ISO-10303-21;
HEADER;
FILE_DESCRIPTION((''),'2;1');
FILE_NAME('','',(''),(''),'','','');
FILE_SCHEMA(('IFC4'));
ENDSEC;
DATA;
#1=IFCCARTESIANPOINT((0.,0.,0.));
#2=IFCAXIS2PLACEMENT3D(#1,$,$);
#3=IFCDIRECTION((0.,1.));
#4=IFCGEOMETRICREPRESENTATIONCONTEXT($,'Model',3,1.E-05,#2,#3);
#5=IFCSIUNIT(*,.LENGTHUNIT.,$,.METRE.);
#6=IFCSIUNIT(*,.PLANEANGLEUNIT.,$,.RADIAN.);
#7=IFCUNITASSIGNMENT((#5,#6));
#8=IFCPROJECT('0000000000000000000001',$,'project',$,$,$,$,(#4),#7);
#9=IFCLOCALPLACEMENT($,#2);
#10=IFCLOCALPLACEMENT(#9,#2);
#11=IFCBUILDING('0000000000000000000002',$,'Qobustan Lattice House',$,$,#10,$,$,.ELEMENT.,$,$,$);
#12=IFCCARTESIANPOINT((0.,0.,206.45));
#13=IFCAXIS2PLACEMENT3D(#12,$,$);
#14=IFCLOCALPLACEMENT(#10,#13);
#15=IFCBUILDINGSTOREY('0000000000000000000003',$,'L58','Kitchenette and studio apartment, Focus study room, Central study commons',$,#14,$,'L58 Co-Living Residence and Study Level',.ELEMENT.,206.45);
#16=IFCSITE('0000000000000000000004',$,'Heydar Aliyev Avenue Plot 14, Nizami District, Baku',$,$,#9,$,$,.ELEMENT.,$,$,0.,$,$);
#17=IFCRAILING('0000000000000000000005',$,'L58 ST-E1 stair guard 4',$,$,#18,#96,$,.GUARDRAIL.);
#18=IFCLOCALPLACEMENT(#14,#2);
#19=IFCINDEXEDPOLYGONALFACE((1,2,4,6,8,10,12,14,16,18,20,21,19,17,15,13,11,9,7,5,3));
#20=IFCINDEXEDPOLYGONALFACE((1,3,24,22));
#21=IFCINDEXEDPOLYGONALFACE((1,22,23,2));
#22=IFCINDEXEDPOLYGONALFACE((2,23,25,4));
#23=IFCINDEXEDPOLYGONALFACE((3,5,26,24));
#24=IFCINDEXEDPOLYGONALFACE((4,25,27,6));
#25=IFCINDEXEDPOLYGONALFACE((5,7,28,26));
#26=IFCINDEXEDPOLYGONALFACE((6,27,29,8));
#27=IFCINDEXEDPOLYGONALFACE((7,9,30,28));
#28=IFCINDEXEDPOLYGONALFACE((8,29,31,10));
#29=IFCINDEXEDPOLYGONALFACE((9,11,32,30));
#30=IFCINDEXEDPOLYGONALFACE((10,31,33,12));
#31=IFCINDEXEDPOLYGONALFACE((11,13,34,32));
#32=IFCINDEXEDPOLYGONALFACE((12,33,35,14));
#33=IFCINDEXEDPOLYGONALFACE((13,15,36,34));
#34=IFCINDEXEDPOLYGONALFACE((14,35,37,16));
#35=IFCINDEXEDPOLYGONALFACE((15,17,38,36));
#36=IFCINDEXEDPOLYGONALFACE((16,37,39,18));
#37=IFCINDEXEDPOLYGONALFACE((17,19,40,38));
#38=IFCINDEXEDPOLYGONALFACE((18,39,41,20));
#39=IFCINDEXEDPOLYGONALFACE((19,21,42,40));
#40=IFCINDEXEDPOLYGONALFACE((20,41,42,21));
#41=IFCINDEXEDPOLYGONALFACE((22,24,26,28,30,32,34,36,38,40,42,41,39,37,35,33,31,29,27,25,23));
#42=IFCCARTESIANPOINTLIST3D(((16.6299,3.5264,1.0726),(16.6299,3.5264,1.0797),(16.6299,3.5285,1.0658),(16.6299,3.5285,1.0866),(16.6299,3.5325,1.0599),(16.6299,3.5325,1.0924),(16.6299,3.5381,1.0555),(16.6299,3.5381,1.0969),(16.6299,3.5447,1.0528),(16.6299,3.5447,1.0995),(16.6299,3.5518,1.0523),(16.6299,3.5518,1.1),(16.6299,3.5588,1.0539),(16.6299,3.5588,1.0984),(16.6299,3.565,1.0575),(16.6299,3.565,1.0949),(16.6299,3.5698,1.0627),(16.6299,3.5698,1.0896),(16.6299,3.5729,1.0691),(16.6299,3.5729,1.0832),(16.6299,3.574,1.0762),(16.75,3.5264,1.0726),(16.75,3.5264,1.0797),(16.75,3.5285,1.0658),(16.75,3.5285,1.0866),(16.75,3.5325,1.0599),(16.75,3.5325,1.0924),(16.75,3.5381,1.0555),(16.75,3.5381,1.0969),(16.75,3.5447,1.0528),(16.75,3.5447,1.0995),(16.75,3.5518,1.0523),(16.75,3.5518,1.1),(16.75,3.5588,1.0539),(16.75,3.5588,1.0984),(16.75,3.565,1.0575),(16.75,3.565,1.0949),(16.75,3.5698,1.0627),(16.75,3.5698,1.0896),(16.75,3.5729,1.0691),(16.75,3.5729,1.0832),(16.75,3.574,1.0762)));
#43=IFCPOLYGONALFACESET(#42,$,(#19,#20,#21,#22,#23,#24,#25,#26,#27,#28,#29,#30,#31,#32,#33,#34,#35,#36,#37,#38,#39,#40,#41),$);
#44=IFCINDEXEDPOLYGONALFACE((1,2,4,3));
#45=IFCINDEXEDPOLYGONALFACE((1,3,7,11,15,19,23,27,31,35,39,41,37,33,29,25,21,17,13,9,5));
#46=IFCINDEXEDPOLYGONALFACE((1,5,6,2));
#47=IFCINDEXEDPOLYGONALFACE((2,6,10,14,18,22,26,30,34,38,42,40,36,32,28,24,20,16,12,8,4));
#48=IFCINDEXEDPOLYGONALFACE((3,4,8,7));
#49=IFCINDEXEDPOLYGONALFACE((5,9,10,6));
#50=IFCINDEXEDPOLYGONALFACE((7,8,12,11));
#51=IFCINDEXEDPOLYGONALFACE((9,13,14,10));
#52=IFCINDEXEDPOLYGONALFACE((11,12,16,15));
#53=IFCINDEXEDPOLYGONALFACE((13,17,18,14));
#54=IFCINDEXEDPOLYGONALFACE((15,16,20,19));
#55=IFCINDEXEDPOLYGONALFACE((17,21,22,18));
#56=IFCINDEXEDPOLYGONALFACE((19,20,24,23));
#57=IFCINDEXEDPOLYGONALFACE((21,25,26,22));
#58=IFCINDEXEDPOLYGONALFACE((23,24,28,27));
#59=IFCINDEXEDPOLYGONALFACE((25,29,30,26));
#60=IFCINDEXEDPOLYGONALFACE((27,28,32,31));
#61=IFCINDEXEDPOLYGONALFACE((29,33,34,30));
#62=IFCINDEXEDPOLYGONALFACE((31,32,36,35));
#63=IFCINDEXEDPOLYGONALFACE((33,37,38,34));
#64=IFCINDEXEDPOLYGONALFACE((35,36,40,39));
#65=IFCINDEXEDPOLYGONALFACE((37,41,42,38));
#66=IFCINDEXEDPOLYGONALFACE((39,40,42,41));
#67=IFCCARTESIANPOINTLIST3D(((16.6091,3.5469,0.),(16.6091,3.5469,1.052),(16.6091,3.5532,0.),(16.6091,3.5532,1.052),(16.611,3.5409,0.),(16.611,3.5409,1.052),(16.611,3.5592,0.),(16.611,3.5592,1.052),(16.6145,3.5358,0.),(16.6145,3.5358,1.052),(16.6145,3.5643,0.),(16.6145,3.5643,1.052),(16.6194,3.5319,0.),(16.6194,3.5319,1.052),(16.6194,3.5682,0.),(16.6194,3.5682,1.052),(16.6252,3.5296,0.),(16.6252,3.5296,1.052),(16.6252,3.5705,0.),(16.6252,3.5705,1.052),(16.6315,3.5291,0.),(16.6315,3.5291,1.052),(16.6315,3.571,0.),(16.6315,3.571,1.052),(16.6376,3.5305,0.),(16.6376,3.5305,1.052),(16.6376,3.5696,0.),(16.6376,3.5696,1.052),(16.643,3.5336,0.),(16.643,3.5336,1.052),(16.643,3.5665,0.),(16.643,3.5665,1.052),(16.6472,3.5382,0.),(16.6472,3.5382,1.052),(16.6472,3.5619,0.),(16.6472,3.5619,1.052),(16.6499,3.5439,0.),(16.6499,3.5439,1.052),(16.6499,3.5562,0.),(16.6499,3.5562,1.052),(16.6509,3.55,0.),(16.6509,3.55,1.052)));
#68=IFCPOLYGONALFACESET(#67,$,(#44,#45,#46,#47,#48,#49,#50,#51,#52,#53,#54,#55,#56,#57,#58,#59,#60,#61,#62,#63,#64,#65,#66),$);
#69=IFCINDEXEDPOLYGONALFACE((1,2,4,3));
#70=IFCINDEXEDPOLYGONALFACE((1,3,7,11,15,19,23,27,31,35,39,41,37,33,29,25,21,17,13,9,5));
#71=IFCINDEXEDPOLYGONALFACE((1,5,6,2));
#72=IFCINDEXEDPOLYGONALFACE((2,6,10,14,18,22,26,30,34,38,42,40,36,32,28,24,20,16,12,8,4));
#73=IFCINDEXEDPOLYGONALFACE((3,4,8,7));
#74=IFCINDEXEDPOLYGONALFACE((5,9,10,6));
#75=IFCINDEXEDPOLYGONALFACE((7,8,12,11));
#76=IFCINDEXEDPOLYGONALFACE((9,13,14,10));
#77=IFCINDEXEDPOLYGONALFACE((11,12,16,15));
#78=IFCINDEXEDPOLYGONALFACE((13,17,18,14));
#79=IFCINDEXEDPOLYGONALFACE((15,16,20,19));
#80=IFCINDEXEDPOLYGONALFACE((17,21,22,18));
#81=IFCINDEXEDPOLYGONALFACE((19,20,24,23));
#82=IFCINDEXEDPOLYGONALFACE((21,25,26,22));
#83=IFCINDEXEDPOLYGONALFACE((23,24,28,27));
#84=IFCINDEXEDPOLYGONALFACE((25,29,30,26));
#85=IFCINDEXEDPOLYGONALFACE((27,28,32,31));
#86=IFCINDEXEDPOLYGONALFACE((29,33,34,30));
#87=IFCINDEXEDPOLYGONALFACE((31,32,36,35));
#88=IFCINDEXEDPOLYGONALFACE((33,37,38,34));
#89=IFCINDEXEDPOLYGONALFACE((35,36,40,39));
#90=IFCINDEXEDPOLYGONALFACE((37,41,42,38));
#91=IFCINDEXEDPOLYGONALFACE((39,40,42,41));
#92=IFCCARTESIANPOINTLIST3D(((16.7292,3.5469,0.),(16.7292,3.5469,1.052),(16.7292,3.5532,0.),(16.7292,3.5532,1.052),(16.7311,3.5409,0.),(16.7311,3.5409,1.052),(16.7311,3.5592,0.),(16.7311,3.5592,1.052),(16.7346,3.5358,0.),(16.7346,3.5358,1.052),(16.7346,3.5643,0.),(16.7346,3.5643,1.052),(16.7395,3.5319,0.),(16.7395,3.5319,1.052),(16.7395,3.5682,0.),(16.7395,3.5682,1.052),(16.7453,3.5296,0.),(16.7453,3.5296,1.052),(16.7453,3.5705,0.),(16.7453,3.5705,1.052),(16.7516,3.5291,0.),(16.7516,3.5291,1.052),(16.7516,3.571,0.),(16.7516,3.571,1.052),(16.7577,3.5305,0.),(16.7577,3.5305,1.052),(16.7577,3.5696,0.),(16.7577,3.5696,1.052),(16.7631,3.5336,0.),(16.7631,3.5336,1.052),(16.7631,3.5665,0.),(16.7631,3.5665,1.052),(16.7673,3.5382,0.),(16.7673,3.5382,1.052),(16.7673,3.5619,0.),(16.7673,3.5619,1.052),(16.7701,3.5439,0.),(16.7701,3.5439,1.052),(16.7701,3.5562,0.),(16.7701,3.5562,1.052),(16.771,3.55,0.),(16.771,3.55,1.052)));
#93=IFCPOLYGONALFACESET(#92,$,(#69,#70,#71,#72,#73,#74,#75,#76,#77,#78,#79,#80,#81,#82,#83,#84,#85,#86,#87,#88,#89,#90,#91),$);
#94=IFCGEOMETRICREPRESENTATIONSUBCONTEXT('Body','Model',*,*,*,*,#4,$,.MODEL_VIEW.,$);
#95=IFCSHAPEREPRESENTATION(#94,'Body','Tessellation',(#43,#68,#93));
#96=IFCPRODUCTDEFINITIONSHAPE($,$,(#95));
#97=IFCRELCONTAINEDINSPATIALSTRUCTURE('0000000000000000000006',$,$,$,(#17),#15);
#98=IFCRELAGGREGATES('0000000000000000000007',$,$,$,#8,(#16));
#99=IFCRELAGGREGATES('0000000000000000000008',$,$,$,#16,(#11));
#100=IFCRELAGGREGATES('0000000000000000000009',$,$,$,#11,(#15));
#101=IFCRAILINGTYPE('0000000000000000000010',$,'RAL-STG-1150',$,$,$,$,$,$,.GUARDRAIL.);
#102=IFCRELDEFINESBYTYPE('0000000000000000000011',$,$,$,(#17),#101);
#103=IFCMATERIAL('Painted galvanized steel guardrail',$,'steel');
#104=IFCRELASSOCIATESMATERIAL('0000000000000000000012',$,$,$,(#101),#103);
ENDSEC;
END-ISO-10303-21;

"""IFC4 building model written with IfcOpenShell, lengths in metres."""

from ifc_helpers import new_model, si_unit, direction, frame, origin, origin_2d, place, context, subcontext, project, spatial, circle, extrude, material, type_object, element, save


model = new_model("IFC4")

# Units and contexts
model_context = context("Model", 3, precision=1e-05, world=origin(), true_north=direction((0.0, 1.0)))
body_context = subcontext(model_context, "Body", "Model", "MODEL_VIEW")
ifc_project = project(units=[si_unit("LENGTHUNIT", "METRE"), si_unit("PLANEANGLEUNIT", "RADIAN")], contexts=[model_context])

# Site, building, storey
site_placement = place(None, origin())
site = spatial("IfcSite", under=ifc_project, at=site_placement, Name="Heydar Aliyev Avenue Plot 14, Nizami District, Baku", CompositionType="ELEMENT", RefElevation=0.0)
building_placement = place(site_placement, origin())
building = spatial("IfcBuilding", under=site, at=building_placement, Name="Qobustan Lattice House", CompositionType="ELEMENT")
storey_placement = place(building_placement, frame((0.0, 0.0, 206.45)))
storey = spatial("IfcBuildingStorey", under=building, at=storey_placement, Name="L58", Description="Kitchenette and studio apartment, Focus study room, Central study commons", LongName="L58 Co-Living Residence and Study Level", CompositionType="ELEMENT", Elevation=206.45)

# Railing
ifc_material_1 = material(Name="Painted galvanized steel guardrail", Category="steel")
railing_type_1 = type_object("IfcRailingType", Name="RAL-STG-1150", PredefinedType="GUARDRAIL", material=ifc_material_1)
railing_1_placement = place(storey_placement, frame((16.6299, 3.55, 0.0)))
element("IfcRailing", 1, at=railing_1_placement, inside=storey, type_object=railing_type_1, Name="L58 ST-E1 stair guard 4", PredefinedType="GUARDRAIL", context=body_context, shape_type="SweptSolid", body=[
    extrude(circle(Radius=0.0239, at=origin_2d()), frame((0.0, 0.0, 1.0762), z_axis=(1.0, 0.0, 0.0), x_axis=(0.0, 1.0, 0.0)), (0.0, 0.0, 1.0), 0.1201),
    extrude(circle(Radius=0.021, at=origin_2d()), origin(), (0.0, 0.0, 1.0), 1.052),
    extrude(circle(Radius=0.021, at=origin_2d()), frame((0.1201, 0.0, 0.0)), (0.0, 0.0, 1.0), 1.052),
])

save(model, "model.ifc")
